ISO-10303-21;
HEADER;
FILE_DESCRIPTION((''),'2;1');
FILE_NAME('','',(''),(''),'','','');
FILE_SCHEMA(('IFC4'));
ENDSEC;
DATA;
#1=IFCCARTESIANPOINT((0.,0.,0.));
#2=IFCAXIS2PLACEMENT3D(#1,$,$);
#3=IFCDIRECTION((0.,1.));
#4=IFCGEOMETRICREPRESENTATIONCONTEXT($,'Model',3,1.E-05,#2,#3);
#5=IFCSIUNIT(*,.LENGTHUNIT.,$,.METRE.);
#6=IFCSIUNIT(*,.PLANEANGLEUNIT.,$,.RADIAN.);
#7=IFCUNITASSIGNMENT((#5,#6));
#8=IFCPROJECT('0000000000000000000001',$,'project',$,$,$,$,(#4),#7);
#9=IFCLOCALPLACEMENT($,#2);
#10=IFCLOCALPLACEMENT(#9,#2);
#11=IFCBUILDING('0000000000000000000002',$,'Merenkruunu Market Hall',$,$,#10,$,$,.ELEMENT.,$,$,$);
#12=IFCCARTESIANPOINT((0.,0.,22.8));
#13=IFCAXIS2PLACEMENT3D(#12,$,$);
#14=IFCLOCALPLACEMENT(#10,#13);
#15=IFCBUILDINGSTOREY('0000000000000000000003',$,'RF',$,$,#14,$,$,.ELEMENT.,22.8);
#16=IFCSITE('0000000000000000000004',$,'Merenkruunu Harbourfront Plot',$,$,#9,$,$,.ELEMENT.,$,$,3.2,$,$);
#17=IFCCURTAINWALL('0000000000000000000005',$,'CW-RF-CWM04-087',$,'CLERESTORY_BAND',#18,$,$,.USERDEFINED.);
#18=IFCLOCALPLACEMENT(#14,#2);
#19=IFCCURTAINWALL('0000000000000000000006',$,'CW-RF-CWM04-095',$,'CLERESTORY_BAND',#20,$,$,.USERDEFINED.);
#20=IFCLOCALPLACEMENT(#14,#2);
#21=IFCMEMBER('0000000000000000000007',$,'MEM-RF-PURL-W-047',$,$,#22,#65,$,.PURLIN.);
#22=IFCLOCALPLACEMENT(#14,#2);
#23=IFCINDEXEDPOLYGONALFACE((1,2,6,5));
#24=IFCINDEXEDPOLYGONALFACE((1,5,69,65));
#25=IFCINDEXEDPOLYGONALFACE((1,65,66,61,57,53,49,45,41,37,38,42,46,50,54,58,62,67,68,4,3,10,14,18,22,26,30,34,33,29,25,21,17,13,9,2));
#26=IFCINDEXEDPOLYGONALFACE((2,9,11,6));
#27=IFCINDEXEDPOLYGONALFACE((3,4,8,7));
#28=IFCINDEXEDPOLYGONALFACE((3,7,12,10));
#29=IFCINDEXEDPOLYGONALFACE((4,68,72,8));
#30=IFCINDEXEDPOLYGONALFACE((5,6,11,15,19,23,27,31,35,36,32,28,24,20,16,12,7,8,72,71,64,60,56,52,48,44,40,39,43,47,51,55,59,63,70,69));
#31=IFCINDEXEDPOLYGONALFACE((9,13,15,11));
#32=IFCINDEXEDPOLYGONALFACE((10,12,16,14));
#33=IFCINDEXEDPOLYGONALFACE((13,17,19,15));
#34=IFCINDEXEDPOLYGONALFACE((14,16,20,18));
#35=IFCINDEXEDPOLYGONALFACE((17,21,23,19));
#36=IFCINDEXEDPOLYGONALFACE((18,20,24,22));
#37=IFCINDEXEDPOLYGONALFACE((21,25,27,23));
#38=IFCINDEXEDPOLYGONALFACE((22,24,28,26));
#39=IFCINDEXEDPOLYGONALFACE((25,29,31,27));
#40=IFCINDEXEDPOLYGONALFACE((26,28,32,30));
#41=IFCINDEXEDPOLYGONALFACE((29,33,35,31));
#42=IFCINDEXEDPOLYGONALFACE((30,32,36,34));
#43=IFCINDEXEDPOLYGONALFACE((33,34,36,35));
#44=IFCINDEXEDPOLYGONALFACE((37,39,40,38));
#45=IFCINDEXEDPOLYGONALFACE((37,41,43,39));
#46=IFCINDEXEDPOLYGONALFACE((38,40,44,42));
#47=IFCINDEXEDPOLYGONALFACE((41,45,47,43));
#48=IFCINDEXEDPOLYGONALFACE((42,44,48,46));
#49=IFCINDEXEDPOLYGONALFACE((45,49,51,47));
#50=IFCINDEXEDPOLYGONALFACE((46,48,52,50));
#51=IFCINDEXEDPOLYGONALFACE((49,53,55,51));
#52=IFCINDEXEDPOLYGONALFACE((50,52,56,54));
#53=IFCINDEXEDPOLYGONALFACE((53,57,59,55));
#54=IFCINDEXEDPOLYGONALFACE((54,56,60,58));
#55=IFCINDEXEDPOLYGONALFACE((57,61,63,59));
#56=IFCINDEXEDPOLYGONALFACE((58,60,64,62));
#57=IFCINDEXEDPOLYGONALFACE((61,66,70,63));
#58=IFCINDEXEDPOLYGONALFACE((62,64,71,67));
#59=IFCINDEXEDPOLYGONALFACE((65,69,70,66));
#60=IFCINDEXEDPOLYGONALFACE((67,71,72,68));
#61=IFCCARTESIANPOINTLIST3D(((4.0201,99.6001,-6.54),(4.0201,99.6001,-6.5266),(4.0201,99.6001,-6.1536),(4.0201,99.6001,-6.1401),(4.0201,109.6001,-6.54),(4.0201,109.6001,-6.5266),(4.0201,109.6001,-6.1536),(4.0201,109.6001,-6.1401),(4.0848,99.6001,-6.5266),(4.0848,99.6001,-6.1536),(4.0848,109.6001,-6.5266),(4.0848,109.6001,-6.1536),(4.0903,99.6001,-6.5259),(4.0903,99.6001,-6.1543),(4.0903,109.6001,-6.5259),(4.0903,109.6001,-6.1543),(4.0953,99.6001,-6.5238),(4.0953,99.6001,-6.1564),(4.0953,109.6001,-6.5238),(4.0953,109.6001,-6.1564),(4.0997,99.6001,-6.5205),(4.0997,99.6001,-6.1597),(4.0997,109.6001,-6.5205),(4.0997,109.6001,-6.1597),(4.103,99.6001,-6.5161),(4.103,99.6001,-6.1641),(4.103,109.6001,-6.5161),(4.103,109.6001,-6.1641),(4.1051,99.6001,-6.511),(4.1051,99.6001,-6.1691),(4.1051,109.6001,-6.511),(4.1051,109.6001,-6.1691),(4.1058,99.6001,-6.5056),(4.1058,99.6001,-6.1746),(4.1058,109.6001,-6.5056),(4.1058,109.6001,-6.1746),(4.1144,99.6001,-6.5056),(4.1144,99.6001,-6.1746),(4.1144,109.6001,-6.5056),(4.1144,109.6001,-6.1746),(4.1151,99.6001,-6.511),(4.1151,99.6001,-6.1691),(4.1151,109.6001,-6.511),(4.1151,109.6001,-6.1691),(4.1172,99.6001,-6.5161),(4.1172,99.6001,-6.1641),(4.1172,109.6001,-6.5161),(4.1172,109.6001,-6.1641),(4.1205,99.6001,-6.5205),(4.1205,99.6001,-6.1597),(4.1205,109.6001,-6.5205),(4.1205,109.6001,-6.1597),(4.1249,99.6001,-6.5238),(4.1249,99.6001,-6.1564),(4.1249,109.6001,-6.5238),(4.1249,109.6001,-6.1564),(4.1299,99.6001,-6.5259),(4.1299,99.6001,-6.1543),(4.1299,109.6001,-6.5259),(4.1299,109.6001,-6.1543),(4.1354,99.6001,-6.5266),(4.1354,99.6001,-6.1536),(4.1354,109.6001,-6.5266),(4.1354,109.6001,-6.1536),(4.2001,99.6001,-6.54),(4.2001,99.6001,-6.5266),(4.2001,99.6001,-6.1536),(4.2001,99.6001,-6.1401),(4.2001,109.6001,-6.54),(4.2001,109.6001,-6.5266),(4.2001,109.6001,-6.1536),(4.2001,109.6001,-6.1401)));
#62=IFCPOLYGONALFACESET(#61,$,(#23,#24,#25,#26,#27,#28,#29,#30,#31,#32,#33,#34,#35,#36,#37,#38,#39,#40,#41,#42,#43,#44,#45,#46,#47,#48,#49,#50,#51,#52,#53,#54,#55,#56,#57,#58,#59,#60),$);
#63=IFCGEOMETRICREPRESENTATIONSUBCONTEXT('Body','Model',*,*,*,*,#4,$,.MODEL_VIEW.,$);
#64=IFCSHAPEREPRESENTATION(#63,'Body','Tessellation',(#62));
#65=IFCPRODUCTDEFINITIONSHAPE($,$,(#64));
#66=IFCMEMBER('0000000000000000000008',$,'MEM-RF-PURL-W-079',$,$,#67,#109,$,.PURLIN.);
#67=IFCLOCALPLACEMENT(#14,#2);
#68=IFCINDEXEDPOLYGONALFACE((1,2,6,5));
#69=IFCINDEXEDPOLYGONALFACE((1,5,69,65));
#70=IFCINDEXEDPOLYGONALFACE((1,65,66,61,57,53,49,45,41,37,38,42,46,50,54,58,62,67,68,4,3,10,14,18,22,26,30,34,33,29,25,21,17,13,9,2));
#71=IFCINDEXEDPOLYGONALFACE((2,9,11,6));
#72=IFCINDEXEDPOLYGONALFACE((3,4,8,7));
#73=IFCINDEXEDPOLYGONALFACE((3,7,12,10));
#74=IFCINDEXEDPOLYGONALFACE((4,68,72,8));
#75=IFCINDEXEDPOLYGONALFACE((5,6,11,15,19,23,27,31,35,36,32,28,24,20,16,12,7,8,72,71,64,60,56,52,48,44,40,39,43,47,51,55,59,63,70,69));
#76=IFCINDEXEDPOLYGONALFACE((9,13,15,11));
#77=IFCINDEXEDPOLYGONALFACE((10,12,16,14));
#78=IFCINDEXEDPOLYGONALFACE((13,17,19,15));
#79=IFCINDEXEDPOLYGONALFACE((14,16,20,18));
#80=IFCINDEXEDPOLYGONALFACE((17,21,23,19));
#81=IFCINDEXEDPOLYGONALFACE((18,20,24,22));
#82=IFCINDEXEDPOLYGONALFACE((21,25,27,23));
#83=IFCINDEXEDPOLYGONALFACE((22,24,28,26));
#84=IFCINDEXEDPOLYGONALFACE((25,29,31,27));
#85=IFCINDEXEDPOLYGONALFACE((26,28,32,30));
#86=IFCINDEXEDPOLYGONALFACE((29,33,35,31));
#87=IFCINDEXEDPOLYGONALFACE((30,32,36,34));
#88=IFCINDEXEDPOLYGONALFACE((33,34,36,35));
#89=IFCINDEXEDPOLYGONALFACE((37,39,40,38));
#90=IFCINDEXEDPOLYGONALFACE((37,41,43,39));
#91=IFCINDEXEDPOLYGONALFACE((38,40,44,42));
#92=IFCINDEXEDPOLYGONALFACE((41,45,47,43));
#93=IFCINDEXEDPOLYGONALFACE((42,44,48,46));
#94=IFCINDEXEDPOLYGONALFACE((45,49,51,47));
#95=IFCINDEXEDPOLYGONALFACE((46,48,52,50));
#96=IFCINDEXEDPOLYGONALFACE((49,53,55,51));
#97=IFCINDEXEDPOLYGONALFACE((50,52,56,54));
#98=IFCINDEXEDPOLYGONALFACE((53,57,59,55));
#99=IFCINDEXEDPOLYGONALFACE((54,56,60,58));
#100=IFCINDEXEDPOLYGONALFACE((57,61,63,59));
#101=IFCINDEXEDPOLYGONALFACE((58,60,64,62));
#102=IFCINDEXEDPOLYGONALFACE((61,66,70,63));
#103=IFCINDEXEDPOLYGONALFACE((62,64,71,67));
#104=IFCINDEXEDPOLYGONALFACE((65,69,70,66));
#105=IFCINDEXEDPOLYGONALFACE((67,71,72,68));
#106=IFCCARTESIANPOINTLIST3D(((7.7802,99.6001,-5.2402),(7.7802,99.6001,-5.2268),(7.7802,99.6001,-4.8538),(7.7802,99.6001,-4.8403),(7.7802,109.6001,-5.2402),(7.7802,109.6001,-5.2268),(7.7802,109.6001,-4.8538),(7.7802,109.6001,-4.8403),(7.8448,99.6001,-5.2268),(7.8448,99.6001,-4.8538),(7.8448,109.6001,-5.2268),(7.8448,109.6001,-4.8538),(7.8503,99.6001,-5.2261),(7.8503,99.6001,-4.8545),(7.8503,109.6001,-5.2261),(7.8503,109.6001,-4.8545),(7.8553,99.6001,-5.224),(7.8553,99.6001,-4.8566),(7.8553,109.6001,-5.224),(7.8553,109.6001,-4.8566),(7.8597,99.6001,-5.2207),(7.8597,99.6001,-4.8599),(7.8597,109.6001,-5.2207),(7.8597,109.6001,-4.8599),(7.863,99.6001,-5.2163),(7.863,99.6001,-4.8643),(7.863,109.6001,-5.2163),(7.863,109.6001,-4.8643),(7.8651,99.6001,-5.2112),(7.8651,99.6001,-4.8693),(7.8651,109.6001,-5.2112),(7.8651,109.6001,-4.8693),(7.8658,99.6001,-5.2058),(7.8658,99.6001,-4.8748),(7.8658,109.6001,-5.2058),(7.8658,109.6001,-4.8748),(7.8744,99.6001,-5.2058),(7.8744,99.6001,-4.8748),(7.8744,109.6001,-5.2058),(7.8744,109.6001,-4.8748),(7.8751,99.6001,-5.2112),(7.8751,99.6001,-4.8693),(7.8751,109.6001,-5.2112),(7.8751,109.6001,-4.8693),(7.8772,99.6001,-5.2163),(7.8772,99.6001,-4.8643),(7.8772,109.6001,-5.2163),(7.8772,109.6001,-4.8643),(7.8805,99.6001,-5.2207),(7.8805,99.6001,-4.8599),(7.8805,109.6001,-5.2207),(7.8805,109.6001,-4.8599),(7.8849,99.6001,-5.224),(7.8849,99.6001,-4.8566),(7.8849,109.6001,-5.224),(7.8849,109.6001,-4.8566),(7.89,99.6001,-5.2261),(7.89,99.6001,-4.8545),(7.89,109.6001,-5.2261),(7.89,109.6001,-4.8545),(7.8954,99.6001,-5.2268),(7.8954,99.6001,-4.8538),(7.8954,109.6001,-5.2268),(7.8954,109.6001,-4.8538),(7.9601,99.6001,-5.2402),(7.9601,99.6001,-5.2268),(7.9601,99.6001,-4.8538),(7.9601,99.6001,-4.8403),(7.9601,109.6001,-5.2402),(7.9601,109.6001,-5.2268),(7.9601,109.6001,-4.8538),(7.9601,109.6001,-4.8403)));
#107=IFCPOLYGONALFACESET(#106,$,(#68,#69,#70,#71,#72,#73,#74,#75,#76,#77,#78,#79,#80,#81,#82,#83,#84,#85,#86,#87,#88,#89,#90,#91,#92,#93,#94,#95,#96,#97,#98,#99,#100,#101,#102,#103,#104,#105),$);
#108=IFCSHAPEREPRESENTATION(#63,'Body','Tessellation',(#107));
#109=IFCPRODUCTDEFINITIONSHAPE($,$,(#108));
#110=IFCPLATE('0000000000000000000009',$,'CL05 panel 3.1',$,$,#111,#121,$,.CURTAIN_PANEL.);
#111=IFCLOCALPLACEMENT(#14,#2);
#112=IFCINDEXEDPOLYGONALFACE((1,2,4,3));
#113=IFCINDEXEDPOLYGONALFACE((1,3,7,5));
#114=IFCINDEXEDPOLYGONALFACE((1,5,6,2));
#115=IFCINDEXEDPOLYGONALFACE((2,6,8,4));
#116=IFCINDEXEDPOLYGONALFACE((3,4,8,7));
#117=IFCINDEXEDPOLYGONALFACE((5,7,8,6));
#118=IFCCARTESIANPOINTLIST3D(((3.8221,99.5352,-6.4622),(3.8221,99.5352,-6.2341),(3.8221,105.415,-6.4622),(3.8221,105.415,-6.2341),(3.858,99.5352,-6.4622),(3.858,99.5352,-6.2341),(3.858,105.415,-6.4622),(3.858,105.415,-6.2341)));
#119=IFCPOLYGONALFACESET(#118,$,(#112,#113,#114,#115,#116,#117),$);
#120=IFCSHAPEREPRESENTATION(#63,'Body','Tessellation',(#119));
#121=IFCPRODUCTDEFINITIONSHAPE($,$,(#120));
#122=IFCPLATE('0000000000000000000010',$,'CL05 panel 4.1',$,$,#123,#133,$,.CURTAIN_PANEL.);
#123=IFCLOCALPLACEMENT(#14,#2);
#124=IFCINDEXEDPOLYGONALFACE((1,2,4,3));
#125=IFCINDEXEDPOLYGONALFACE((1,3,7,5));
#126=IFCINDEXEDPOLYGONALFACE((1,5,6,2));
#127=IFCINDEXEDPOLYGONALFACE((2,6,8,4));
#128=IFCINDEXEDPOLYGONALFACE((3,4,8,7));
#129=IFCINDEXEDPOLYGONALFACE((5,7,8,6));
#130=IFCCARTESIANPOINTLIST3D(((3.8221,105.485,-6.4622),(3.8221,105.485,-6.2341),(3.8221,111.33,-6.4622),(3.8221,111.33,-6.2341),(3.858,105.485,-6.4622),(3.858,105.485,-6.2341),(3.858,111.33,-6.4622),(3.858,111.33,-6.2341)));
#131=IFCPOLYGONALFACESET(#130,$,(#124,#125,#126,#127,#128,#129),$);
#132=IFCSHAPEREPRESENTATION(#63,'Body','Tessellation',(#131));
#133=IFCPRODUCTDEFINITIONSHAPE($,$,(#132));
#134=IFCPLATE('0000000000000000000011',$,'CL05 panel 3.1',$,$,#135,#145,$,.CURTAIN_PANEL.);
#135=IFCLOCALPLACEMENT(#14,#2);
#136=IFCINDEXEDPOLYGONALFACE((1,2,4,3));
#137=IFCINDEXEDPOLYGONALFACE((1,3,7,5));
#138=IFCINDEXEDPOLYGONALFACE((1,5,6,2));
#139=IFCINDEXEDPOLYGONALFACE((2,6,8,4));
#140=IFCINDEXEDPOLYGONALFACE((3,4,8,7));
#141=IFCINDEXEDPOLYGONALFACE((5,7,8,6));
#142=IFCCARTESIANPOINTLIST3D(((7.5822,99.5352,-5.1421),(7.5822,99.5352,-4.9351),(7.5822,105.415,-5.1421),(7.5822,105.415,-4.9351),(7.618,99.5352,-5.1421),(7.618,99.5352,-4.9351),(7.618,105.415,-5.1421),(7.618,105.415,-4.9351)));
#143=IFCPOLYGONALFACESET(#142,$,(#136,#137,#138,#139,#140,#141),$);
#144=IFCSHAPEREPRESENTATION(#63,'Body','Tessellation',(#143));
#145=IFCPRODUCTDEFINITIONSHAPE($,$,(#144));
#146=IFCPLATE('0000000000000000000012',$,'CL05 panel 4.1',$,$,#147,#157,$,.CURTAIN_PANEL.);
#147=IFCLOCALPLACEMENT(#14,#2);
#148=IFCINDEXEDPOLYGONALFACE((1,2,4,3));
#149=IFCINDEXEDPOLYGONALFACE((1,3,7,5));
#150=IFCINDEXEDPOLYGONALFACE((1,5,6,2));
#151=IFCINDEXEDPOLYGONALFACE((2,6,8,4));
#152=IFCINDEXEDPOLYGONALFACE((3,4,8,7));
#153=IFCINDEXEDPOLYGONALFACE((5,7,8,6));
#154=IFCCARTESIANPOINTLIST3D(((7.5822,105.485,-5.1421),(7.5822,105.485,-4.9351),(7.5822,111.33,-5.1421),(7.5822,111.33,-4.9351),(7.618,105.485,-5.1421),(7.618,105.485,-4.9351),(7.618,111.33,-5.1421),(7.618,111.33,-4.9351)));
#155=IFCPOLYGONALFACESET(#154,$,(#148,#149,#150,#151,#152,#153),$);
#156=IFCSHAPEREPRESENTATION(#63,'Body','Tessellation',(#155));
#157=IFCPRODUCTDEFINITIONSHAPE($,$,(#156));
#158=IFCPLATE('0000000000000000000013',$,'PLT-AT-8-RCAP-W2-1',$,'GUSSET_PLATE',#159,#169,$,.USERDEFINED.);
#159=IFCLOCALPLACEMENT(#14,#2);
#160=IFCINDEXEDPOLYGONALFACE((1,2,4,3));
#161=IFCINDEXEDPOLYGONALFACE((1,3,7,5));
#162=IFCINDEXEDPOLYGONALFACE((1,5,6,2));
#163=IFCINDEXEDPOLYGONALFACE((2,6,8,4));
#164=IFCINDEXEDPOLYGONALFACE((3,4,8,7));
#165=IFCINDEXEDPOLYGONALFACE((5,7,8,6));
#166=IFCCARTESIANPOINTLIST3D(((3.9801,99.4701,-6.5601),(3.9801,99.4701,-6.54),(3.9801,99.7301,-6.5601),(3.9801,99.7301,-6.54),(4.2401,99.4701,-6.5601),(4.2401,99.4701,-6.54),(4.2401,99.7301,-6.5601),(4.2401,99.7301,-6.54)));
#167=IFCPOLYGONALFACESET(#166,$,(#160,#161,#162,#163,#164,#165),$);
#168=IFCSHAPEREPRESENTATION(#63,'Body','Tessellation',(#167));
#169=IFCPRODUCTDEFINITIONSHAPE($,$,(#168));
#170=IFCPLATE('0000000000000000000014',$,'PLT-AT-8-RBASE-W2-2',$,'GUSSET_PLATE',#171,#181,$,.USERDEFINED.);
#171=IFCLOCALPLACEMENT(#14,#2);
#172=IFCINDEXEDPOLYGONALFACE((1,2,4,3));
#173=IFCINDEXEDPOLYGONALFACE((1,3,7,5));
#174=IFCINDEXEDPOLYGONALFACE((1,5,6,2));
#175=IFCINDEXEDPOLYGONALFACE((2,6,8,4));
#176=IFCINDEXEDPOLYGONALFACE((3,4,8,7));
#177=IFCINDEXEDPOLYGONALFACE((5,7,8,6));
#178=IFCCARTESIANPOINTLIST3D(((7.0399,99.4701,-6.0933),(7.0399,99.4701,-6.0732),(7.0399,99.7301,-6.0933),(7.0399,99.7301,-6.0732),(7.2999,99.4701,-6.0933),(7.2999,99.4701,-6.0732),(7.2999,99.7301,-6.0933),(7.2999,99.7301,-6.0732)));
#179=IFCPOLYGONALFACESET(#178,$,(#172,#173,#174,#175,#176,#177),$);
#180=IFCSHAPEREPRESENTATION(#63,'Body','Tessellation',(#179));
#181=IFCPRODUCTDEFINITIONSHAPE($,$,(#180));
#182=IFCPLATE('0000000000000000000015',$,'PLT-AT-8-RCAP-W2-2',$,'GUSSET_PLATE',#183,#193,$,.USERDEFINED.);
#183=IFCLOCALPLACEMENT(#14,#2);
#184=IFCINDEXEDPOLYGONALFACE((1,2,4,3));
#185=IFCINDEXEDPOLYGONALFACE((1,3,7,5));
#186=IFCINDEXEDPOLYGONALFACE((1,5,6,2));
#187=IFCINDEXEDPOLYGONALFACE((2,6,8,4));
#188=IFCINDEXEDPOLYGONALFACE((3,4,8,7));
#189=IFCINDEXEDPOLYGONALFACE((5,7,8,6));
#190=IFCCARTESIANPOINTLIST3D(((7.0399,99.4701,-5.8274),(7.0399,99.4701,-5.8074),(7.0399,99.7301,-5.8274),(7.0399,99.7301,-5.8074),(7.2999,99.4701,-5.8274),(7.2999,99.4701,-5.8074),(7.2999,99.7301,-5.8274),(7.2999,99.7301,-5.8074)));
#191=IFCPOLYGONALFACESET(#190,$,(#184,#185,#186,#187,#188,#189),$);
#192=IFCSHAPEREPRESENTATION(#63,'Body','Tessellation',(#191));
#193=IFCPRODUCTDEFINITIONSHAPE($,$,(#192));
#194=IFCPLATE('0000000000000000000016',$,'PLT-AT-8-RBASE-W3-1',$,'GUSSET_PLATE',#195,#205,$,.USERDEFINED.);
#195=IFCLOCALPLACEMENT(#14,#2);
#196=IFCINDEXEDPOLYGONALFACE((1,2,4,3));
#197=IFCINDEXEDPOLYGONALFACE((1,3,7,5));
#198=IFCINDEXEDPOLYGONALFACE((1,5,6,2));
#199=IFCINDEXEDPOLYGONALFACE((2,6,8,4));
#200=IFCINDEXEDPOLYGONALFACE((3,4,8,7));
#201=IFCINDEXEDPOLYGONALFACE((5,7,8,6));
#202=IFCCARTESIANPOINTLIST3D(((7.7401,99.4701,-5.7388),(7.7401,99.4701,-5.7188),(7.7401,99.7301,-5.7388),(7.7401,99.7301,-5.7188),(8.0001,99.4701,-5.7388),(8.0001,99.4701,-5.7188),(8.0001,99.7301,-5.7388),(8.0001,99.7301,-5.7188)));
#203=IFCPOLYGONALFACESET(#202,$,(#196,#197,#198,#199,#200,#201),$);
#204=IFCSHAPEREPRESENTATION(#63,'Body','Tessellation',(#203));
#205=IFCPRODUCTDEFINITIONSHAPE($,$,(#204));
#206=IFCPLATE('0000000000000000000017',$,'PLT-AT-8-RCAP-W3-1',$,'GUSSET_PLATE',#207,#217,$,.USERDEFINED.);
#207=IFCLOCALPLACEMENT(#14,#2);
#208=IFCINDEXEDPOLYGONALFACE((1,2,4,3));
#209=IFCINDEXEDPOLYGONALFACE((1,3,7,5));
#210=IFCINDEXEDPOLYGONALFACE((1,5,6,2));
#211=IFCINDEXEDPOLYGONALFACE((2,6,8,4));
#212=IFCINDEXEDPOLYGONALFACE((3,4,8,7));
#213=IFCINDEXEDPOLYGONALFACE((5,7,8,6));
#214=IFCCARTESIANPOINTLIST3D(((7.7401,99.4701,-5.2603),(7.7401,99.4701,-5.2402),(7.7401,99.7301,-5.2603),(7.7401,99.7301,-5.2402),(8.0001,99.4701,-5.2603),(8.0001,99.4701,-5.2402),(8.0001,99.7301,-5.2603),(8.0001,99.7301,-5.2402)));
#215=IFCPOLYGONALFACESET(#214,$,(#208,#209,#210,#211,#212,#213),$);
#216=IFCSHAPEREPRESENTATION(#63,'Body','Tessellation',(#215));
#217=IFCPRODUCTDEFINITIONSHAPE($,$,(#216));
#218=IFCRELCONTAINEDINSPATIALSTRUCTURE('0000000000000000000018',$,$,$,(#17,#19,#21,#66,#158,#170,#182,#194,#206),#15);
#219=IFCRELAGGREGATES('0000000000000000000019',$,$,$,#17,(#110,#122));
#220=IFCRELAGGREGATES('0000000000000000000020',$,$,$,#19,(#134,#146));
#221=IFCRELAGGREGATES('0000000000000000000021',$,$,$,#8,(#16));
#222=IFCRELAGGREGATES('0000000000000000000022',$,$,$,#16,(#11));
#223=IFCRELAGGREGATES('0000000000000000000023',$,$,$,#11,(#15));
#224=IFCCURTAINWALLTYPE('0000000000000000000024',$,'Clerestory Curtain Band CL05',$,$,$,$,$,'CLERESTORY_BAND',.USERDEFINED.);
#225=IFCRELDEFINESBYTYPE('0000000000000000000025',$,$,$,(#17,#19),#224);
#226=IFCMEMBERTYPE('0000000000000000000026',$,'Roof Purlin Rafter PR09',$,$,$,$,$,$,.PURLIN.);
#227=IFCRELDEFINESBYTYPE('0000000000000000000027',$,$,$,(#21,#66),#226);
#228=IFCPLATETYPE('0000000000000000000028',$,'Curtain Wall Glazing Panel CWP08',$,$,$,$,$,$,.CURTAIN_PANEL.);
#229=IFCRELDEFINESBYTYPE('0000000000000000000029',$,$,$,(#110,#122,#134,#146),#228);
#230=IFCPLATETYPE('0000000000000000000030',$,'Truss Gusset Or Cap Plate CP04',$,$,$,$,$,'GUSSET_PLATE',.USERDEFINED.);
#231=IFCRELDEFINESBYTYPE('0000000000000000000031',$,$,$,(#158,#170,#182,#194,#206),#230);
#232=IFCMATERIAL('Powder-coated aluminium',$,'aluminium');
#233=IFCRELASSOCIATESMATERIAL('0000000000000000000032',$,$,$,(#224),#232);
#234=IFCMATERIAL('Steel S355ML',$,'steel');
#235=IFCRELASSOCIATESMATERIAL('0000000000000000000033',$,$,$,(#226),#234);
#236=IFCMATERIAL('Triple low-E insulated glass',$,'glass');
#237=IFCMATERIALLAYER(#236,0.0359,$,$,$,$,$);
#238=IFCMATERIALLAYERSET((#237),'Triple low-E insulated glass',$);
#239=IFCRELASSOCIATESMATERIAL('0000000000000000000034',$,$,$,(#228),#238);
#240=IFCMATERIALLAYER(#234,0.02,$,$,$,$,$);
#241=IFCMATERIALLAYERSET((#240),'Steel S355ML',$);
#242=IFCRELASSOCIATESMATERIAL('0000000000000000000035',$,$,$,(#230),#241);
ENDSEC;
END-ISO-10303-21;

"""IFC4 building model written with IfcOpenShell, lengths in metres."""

from ifc_helpers import new_model, si_unit, direction, frame, origin, origin_2d, place, context, subcontext, project, spatial, rectangle, i_section, extrude, material, layer, layer_set, material_profile, profile_set, type_object, element, aggregate, save


model = new_model("IFC4")

# Units and contexts
model_context = context("Model", 3, precision=1e-05, world=origin(), true_north=direction((0.0, 1.0)))
body_context = subcontext(model_context, "Body", "Model", "MODEL_VIEW")
ifc_project = project(units=[si_unit("LENGTHUNIT", "METRE"), si_unit("PLANEANGLEUNIT", "RADIAN")], contexts=[model_context])

# Site, building, storey
site_placement = place(None, origin())
site = spatial("IfcSite", under=ifc_project, at=site_placement, Name="Merenkruunu Harbourfront Plot", CompositionType="ELEMENT", RefElevation=3.2)
building_placement = place(site_placement, origin())
building = spatial("IfcBuilding", under=site, at=building_placement, Name="Merenkruunu Market Hall", CompositionType="ELEMENT")
storey_placement = place(building_placement, frame((0.0, 0.0, 22.8)))
storey = spatial("IfcBuildingStorey", under=building, at=storey_placement, Name="RF", CompositionType="ELEMENT", Elevation=22.8)

# Shared definitions
ifc_material_1 = material(Name="Steel S355ML", Category="steel")

# Curtain walls
ifc_material_2 = material(Name="Powder-coated aluminium", Category="aluminium")
curtain_wall_type = type_object("IfcCurtainWallType", Name="Clerestory Curtain Band CL05", ElementType="CLERESTORY_BAND", PredefinedType="USERDEFINED", material=ifc_material_2)
curtain_wall_1_placement = place(storey_placement, origin())
curtain_wall_1 = element("IfcCurtainWall", 1, at=curtain_wall_1_placement, inside=storey, type_object=curtain_wall_type, Name="CW-RF-CWM04-087", ObjectType="CLERESTORY_BAND", PredefinedType="USERDEFINED")
curtain_wall_2_placement = place(storey_placement, origin())
curtain_wall_2 = element("IfcCurtainWall", 2, at=curtain_wall_2_placement, inside=storey, type_object=curtain_wall_type, Name="CW-RF-CWM04-095", ObjectType="CLERESTORY_BAND", PredefinedType="USERDEFINED")

# Members
ifc_material_profile_1 = material_profile(ifc_material_1, i_section(OverallWidth=0.1799, OverallDepth=0.3999, WebThickness=0.0085, FlangeThickness=0.0134, FilletRadius=0.021, at=origin_2d()), Name="IPE 400")
ifc_profile_set_1 = profile_set([ifc_material_profile_1], Name="Steel S355ML")
member_type_1 = type_object("IfcMemberType", Name="Roof Purlin Rafter PR09", PredefinedType="PURLIN", material=ifc_profile_set_1)
for number, where, z_axis, x_axis, name in (
    (3, (4.1101, 99.6001, -6.3401), (0.0, 1.0, 0.0), (-1.0, 0.0, 0.0), "MEM-RF-PURL-W-047"),
    (4, (7.8701, 99.6001, -5.0403), (0.0, 1.0, 0.0), (-1.0, 0.0, 0.0), "MEM-RF-PURL-W-079"),
):
    element("IfcMember", number, at=place(storey_placement, frame(where, z_axis=z_axis, x_axis=x_axis)), inside=storey, type_object=member_type_1, Name=name, PredefinedType="PURLIN", context=body_context, shape_type="SweptSolid", body=[
        extrude(i_section(OverallWidth=0.1799, OverallDepth=0.3999, WebThickness=0.0085, FlangeThickness=0.0134, FilletRadius=0.021, at=origin_2d()), origin(), (0.0, 0.0, 1.0), 10.0),
    ])

# Plates
ifc_material_3 = material(Name="Triple low-E insulated glass", Category="glass")
ifc_layer_1 = layer(ifc_material_3, 0.0359)
ifc_layer_set_1 = layer_set([ifc_layer_1], Name="Triple low-E insulated glass")
plate_type_1 = type_object("IfcPlateType", Name="Curtain Wall Glazing Panel CWP08", PredefinedType="CURTAIN_PANEL", material=ifc_layer_set_1)
plate_1_placement = place(storey_placement, frame((3.8401, 102.4751, -6.4622), z_axis=(0.0, 0.0, 1.0), x_axis=(0.0, 1.0, 0.0)))
plate_1 = element("IfcPlate", 5, at=plate_1_placement, type_object=plate_type_1, Name="CL05 panel 3.1", PredefinedType="CURTAIN_PANEL", context=body_context, shape_type="SweptSolid", body=[
    extrude(rectangle(XDim=5.8799, YDim=0.0359, at=origin_2d()), origin(), (0.0, 0.0, 1.0), 0.228),
])
plate_2_placement = place(storey_placement, frame((3.8401, 108.4075, -6.4622), z_axis=(0.0, 0.0, 1.0), x_axis=(0.0, 1.0, 0.0)))
plate_2 = element("IfcPlate", 6, at=plate_2_placement, type_object=plate_type_1, Name="CL05 panel 4.1", PredefinedType="CURTAIN_PANEL", context=body_context, shape_type="SweptSolid", body=[
    extrude(rectangle(XDim=5.845, YDim=0.0359, at=origin_2d()), origin(), (0.0, 0.0, 1.0), 0.228),
])
aggregate(curtain_wall_1, [plate_1, plate_2])
plate_3_placement = place(storey_placement, frame((7.6001, 102.4751, -5.1421), z_axis=(0.0, 0.0, 1.0), x_axis=(0.0, 1.0, 0.0)))
plate_3 = element("IfcPlate", 7, at=plate_3_placement, type_object=plate_type_1, Name="CL05 panel 3.1", PredefinedType="CURTAIN_PANEL", context=body_context, shape_type="SweptSolid", body=[
    extrude(rectangle(XDim=5.8799, YDim=0.0359, at=origin_2d()), origin(), (0.0, 0.0, 1.0), 0.207),
])
plate_4_placement = place(storey_placement, frame((7.6001, 108.4075, -5.1421), z_axis=(0.0, 0.0, 1.0), x_axis=(0.0, 1.0, 0.0)))
plate_4 = element("IfcPlate", 8, at=plate_4_placement, type_object=plate_type_1, Name="CL05 panel 4.1", PredefinedType="CURTAIN_PANEL", context=body_context, shape_type="SweptSolid", body=[
    extrude(rectangle(XDim=5.845, YDim=0.0359, at=origin_2d()), origin(), (0.0, 0.0, 1.0), 0.207),
])
aggregate(curtain_wall_2, [plate_3, plate_4])

# Plates
ifc_layer_2 = layer(ifc_material_1, 0.02)
ifc_layer_set_2 = layer_set([ifc_layer_2], Name="Steel S355ML")
plate_type_2 = type_object("IfcPlateType", Name="Truss Gusset Or Cap Plate CP04", ElementType="GUSSET_PLATE", PredefinedType="USERDEFINED", material=ifc_layer_set_2)
for number, where, z_axis, x_axis, name in (
    (9, (4.1101, 99.6001, -6.5601), (0.0, 0.0, 1.0), (1.0, 0.0, 0.0), "PLT-AT-8-RCAP-W2-1"),
    (10, (7.1699, 99.6001, -6.0933), (0.0, 0.0, 1.0), (1.0, 0.0, 0.0), "PLT-AT-8-RBASE-W2-2"),
    (11, (7.1699, 99.6001, -5.8274), (0.0, 0.0, 1.0), (1.0, 0.0, 0.0), "PLT-AT-8-RCAP-W2-2"),
    (12, (7.8701, 99.6001, -5.7388), (0.0, 0.0, 1.0), (1.0, 0.0, 0.0), "PLT-AT-8-RBASE-W3-1"),
    (13, (7.8701, 99.6001, -5.2603), (0.0, 0.0, 1.0), (1.0, 0.0, 0.0), "PLT-AT-8-RCAP-W3-1"),
):
    element("IfcPlate", number, at=place(storey_placement, frame(where, z_axis=z_axis, x_axis=x_axis)), inside=storey, type_object=plate_type_2, Name=name, ObjectType="GUSSET_PLATE", PredefinedType="USERDEFINED", context=body_context, shape_type="SweptSolid", body=[
        extrude(rectangle(XDim=0.26, YDim=0.26, at=origin_2d()), origin(), (0.0, 0.0, 1.0), 0.02),
    ])

save(model, "model.ifc")
